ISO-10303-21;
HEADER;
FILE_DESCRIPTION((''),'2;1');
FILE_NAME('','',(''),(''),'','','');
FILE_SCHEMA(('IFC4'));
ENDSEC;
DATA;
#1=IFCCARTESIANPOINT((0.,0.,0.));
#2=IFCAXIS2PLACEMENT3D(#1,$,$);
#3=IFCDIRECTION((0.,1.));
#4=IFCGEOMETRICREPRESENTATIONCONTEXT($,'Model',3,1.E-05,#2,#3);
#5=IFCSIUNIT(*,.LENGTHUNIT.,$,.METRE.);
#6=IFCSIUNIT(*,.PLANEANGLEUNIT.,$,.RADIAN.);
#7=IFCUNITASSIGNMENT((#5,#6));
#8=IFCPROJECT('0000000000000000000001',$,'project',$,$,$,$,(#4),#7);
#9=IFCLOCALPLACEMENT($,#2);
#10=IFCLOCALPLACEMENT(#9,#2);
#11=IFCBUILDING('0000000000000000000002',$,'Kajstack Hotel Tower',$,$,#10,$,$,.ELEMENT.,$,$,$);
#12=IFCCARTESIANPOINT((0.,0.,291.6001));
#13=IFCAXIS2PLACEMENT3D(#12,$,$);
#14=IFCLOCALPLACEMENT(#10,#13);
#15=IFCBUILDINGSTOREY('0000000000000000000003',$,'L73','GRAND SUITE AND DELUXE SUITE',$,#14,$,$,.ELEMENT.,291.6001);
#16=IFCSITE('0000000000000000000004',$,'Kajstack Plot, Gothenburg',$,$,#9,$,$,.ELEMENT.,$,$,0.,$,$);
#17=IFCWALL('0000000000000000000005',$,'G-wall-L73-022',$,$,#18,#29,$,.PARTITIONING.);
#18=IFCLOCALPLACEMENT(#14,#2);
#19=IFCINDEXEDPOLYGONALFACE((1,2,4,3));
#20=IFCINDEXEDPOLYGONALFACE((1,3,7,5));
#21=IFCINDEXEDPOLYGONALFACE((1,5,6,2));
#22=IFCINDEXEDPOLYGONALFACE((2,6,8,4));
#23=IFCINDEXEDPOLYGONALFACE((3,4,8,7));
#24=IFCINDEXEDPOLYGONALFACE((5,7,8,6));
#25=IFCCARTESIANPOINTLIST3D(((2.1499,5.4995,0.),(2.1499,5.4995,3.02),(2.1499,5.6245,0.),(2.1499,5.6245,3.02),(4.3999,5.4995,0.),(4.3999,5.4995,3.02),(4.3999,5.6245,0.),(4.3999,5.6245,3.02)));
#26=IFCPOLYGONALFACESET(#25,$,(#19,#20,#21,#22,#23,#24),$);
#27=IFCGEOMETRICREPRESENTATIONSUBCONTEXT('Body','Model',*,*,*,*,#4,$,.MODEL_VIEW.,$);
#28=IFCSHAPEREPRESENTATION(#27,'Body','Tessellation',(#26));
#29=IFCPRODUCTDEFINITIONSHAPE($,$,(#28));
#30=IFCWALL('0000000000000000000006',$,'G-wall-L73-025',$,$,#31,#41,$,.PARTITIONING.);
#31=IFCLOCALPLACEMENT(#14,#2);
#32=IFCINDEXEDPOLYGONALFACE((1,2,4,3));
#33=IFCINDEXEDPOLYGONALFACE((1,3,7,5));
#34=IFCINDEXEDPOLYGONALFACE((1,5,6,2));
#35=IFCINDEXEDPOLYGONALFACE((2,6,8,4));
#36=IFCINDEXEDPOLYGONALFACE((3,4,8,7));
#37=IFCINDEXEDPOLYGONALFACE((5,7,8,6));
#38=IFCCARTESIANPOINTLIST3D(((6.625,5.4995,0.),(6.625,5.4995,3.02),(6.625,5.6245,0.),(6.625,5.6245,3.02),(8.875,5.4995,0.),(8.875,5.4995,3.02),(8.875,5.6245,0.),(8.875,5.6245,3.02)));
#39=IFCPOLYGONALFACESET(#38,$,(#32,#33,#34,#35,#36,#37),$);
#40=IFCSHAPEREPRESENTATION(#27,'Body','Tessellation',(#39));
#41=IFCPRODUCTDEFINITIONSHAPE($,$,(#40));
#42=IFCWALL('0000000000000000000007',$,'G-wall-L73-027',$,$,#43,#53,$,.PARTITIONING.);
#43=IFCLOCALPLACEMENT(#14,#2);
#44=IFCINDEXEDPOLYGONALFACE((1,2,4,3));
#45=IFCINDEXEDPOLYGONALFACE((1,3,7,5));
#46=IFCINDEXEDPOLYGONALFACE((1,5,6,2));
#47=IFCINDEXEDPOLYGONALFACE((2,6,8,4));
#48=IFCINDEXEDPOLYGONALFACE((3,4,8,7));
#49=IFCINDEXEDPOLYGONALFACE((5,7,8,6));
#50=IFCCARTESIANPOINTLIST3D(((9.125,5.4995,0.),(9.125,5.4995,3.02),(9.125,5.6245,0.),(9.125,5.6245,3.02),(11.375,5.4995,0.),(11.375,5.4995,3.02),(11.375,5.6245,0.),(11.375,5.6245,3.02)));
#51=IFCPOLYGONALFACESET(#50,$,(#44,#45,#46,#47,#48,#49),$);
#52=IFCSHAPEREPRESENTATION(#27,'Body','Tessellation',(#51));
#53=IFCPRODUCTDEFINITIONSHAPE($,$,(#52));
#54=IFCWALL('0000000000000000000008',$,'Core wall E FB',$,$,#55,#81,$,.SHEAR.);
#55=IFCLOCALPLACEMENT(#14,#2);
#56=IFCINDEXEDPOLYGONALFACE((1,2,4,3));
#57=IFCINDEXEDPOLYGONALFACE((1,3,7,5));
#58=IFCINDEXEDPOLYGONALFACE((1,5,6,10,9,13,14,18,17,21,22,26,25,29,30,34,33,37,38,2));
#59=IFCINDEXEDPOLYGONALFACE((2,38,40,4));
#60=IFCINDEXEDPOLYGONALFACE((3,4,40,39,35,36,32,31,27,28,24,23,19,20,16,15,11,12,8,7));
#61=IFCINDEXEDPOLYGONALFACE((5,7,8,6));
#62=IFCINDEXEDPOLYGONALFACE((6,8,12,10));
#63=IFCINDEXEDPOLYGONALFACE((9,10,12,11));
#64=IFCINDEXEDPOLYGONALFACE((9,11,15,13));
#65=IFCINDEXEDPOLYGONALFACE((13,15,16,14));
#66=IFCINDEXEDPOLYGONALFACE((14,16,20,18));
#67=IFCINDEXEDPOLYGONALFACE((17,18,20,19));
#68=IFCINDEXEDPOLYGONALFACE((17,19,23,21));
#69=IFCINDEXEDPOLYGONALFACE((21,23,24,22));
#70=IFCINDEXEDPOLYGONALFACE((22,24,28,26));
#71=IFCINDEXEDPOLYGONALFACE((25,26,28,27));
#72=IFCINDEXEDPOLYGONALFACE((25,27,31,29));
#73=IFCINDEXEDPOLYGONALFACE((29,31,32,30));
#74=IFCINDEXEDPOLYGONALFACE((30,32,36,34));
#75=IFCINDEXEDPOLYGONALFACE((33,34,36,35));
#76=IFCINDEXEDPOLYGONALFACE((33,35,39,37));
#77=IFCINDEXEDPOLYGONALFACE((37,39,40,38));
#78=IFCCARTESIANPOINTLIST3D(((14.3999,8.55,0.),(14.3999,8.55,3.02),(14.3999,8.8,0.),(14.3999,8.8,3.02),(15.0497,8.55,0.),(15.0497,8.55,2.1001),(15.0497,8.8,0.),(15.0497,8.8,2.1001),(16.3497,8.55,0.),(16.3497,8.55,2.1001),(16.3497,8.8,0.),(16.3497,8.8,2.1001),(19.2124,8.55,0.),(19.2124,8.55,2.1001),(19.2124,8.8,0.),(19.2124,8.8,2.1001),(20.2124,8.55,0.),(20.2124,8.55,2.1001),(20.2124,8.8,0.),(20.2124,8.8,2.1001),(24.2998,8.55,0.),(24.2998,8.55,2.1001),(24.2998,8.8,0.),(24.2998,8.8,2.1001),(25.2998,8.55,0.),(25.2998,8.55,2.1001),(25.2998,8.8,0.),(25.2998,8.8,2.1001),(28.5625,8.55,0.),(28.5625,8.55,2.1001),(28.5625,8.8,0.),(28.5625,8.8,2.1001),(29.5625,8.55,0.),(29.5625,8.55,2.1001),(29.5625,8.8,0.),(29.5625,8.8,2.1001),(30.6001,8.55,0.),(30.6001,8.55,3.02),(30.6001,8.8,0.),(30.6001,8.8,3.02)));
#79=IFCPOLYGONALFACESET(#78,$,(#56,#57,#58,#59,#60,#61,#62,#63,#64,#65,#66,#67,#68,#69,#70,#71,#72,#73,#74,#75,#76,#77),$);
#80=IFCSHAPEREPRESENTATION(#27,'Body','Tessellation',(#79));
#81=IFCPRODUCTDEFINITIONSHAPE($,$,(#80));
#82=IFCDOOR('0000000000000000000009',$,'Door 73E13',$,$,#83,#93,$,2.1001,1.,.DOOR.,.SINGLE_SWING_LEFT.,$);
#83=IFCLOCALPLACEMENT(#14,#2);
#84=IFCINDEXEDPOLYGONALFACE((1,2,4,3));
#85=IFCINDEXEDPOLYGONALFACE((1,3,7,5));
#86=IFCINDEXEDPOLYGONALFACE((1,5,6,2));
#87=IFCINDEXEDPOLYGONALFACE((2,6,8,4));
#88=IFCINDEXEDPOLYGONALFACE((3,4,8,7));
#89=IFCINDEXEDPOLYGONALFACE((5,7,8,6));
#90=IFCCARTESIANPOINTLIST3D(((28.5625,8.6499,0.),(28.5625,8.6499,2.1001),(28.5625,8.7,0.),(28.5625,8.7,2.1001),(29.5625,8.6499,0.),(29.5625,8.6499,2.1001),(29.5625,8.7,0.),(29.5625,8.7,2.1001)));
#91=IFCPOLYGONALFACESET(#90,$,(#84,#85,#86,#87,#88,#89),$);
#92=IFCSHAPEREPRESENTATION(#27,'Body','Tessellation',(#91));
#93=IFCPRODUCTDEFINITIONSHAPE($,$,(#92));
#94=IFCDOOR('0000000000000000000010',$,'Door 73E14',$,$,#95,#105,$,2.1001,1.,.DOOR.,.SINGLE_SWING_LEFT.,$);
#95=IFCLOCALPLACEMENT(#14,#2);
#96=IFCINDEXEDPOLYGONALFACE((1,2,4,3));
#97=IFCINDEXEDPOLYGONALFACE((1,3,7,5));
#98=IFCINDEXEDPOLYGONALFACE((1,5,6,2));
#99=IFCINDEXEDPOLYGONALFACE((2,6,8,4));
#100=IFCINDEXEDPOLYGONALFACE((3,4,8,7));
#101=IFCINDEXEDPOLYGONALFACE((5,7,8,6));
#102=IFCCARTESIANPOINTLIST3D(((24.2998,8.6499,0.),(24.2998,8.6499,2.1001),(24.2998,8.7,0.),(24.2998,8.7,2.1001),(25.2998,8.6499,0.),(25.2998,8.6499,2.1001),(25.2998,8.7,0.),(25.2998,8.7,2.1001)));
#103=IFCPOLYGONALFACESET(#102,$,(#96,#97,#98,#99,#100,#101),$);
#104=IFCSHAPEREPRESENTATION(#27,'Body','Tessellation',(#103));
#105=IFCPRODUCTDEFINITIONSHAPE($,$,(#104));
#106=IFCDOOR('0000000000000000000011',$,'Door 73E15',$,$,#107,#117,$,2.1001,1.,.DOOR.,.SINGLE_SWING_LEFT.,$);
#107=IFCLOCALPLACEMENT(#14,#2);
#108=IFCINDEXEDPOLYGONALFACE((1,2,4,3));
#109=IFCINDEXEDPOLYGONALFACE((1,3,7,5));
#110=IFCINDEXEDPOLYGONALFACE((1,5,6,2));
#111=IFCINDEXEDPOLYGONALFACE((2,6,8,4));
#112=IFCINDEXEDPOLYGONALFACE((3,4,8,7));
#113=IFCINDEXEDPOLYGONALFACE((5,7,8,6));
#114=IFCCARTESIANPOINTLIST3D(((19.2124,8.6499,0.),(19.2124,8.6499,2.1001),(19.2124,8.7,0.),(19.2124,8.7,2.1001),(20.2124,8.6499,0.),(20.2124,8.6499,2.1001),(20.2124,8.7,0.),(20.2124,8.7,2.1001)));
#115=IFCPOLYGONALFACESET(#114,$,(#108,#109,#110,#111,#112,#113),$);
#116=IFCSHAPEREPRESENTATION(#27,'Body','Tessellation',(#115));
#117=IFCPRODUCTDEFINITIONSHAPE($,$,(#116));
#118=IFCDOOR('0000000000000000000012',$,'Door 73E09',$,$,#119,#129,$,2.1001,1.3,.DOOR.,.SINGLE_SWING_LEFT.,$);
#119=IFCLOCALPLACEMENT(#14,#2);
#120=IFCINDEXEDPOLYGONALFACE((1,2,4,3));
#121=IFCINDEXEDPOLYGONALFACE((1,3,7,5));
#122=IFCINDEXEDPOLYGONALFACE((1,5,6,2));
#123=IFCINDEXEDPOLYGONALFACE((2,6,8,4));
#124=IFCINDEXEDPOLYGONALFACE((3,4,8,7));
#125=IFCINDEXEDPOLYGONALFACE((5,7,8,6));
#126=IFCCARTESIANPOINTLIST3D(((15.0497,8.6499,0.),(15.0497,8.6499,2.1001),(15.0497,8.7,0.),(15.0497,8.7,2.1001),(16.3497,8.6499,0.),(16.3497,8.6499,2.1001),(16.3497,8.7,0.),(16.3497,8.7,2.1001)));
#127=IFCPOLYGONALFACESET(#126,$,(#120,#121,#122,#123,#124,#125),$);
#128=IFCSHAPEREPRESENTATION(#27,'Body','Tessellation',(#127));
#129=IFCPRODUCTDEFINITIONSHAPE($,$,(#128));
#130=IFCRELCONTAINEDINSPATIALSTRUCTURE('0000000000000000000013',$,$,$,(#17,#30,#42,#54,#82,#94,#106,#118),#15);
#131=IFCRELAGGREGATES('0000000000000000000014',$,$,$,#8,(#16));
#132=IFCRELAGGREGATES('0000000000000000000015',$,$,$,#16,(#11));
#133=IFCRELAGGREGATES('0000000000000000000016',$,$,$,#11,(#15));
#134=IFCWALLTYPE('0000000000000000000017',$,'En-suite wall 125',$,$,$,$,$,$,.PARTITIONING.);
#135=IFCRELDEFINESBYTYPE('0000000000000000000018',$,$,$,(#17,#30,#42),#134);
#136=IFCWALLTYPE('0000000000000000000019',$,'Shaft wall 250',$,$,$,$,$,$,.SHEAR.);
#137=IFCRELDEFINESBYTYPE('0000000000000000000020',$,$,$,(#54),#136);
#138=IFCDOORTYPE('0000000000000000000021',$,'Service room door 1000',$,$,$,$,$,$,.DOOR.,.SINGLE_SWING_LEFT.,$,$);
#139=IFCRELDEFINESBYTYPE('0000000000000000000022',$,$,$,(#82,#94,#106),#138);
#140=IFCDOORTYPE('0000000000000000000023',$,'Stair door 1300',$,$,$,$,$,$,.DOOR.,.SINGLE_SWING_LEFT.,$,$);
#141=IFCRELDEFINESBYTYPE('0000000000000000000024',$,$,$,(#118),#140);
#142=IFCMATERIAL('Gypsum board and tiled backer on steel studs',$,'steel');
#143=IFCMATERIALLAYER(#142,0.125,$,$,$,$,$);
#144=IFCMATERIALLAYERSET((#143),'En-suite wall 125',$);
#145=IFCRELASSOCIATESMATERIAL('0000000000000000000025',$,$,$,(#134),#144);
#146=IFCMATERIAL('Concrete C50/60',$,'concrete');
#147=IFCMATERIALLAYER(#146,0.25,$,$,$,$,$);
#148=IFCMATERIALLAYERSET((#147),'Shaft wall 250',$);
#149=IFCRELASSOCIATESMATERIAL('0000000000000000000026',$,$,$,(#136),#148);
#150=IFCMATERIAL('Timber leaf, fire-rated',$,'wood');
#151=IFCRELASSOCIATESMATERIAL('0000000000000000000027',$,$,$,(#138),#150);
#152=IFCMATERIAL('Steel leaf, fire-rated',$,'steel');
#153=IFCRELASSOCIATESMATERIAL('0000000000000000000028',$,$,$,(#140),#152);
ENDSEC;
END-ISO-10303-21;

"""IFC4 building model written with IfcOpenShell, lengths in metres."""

from ifc_helpers import new_model, si_unit, direction, frame, frame_2d, origin, place, context, subcontext, project, spatial, rectangle, extrude, material, layer, layer_set, type_object, element, fill, save


model = new_model("IFC4")

# Units and contexts
model_context = context("Model", 3, precision=1e-05, world=origin(), true_north=direction((0.0, 1.0)))
body_context = subcontext(model_context, "Body", "Model", "MODEL_VIEW")
ifc_project = project(units=[si_unit("LENGTHUNIT", "METRE"), si_unit("PLANEANGLEUNIT", "RADIAN")], contexts=[model_context])

# Site, building, storey
site_placement = place(None, origin())
site = spatial("IfcSite", under=ifc_project, at=site_placement, Name="Kajstack Plot, Gothenburg", CompositionType="ELEMENT", RefElevation=0.0)
building_placement = place(site_placement, origin())
building = spatial("IfcBuilding", under=site, at=building_placement, Name="Kajstack Hotel Tower", CompositionType="ELEMENT")
storey_placement = place(building_placement, frame((0.0, 0.0, 291.6001)))
storey = spatial("IfcBuildingStorey", under=building, at=storey_placement, Name="L73", Description="GRAND SUITE AND DELUXE SUITE", CompositionType="ELEMENT", Elevation=291.6001)

# Walls
ifc_material_1 = material(Name="Gypsum board and tiled backer on steel studs", Category="steel")
ifc_layer_1 = layer(ifc_material_1, 0.125)
ifc_layer_set_1 = layer_set([ifc_layer_1], Name="En-suite wall 125")
wall_type_1 = type_object("IfcWallType", Name="En-suite wall 125", PredefinedType="PARTITIONING", material=ifc_layer_set_1)
for number, where, z_axis, x_axis, name in (
    (1, (2.1499, 5.562, 0.0), (0.0, 0.0, 1.0), (1.0, 0.0, 0.0), "G-wall-L73-022"),
    (2, (6.625, 5.562, 0.0), (0.0, 0.0, 1.0), (1.0, 0.0, 0.0), "G-wall-L73-025"),
    (3, (9.125, 5.562, 0.0), (0.0, 0.0, 1.0), (1.0, 0.0, 0.0), "G-wall-L73-027"),
):
    element("IfcWall", number, at=place(storey_placement, frame(where, z_axis=z_axis, x_axis=x_axis)), inside=storey, type_object=wall_type_1, Name=name, PredefinedType="PARTITIONING", context=body_context, shape_type="SweptSolid", body=[
        extrude(rectangle(XDim=2.25, YDim=0.125, at=frame_2d((1.125, 0.0))), origin(), (0.0, 0.0, 1.0), 3.02),
    ])

# Wall, openings, doors
ifc_material_2 = material(Name="Concrete C50/60", Category="concrete")
ifc_layer_2 = layer(ifc_material_2, 0.25)
ifc_layer_set_2 = layer_set([ifc_layer_2], Name="Shaft wall 250")
wall_type_2 = type_object("IfcWallType", Name="Shaft wall 250", PredefinedType="SHEAR", material=ifc_layer_set_2)
wall_placement = place(storey_placement, frame((14.3999, 8.675, 0.0), z_axis=(0.0, 0.0, 1.0), x_axis=(1.0, 0.0, 0.0)))
wall = element("IfcWall", 4, at=wall_placement, inside=storey, type_object=wall_type_2, Name="Core wall E FB", PredefinedType="SHEAR", context=body_context, shape_type="SweptSolid", body=[
    extrude(rectangle(XDim=16.2002, YDim=0.25, at=frame_2d((8.1001, 0.0))), origin(), (0.0, 0.0, 1.0), 3.02),
])
opening_1_placement = place(wall_placement, frame((0.6499, 0.0, 0.0)))
opening_1 = element("IfcOpeningElement", 5, at=opening_1_placement, cuts=wall, PredefinedType="OPENING", context=body_context, shape_type="SweptSolid", body=[
    extrude(rectangle(XDim=1.3, YDim=2.1001, at=frame_2d((0.6499, 1.05))), frame((0.0, 0.135, 0.0), z_axis=(0.0, -1.0, 0.0), x_axis=(1.0, 0.0, 0.0)), (0.0, 0.0, 1.0), 0.27),
])
opening_2_placement = place(wall_placement, frame((14.1626, 0.0, 0.0)))
opening_2 = element("IfcOpeningElement", 6, at=opening_2_placement, cuts=wall, PredefinedType="OPENING", context=body_context, shape_type="SweptSolid", body=[
    extrude(rectangle(XDim=1.0, YDim=2.1001, at=frame_2d((0.5, 1.05))), frame((0.0, 0.135, 0.0), z_axis=(0.0, -1.0, 0.0), x_axis=(1.0, 0.0, 0.0)), (0.0, 0.0, 1.0), 0.27),
])
opening_3_placement = place(wall_placement, frame((9.8999, 0.0, 0.0)))
opening_3 = element("IfcOpeningElement", 7, at=opening_3_placement, cuts=wall, PredefinedType="OPENING", context=body_context, shape_type="SweptSolid", body=[
    extrude(rectangle(XDim=1.0, YDim=2.1001, at=frame_2d((0.5, 1.05))), frame((0.0, 0.135, 0.0), z_axis=(0.0, -1.0, 0.0), x_axis=(1.0, 0.0, 0.0)), (0.0, 0.0, 1.0), 0.27),
])
opening_4_placement = place(wall_placement, frame((4.8125, 0.0, 0.0)))
opening_4 = element("IfcOpeningElement", 8, at=opening_4_placement, cuts=wall, PredefinedType="OPENING", context=body_context, shape_type="SweptSolid", body=[
    extrude(rectangle(XDim=1.0, YDim=2.1001, at=frame_2d((0.5, 1.05))), frame((0.0, 0.135, 0.0), z_axis=(0.0, -1.0, 0.0), x_axis=(1.0, 0.0, 0.0)), (0.0, 0.0, 1.0), 0.27),
])
ifc_material_3 = material(Name="Timber leaf, fire-rated", Category="wood")
door_type_1 = type_object("IfcDoorType", Name="Service room door 1000", OperationType="SINGLE_SWING_LEFT", PredefinedType="DOOR", material=ifc_material_3)
door_1_placement = place(opening_2_placement, origin())
door_1 = element("IfcDoor", 9, at=door_1_placement, inside=storey, type_object=door_type_1, Name="Door 73E13", OperationType="SINGLE_SWING_LEFT", OverallHeight=2.1001, OverallWidth=1.0, PredefinedType="DOOR", context=body_context, shape_type="SweptSolid", body=[
    extrude(rectangle(XDim=1.0, YDim=2.1001, at=frame_2d((0.5, 1.05))), frame((0.0, 0.0249, 0.0), z_axis=(0.0, -1.0, 0.0), x_axis=(1.0, 0.0, 0.0)), (0.0, 0.0, 1.0), 0.05),
])
fill(opening_2, door_1)
door_2_placement = place(opening_3_placement, origin())
door_2 = element("IfcDoor", 10, at=door_2_placement, inside=storey, type_object=door_type_1, Name="Door 73E14", OperationType="SINGLE_SWING_LEFT", OverallHeight=2.1001, OverallWidth=1.0, PredefinedType="DOOR", context=body_context, shape_type="SweptSolid", body=[
    extrude(rectangle(XDim=1.0, YDim=2.1001, at=frame_2d((0.5, 1.05))), frame((0.0, 0.0249, 0.0), z_axis=(0.0, -1.0, 0.0), x_axis=(1.0, 0.0, 0.0)), (0.0, 0.0, 1.0), 0.05),
])
fill(opening_3, door_2)
door_3_placement = place(opening_4_placement, origin())
door_3 = element("IfcDoor", 11, at=door_3_placement, inside=storey, type_object=door_type_1, Name="Door 73E15", OperationType="SINGLE_SWING_LEFT", OverallHeight=2.1001, OverallWidth=1.0, PredefinedType="DOOR", context=body_context, shape_type="SweptSolid", body=[
    extrude(rectangle(XDim=1.0, YDim=2.1001, at=frame_2d((0.5, 1.05))), frame((0.0, 0.0249, 0.0), z_axis=(0.0, -1.0, 0.0), x_axis=(1.0, 0.0, 0.0)), (0.0, 0.0, 1.0), 0.05),
])
fill(opening_4, door_3)
ifc_material_4 = material(Name="Steel leaf, fire-rated", Category="steel")
door_type_2 = type_object("IfcDoorType", Name="Stair door 1300", OperationType="SINGLE_SWING_LEFT", PredefinedType="DOOR", material=ifc_material_4)
door_4_placement = place(opening_1_placement, origin())
door_4 = element("IfcDoor", 12, at=door_4_placement, inside=storey, type_object=door_type_2, Name="Door 73E09", OperationType="SINGLE_SWING_LEFT", OverallHeight=2.1001, OverallWidth=1.3, PredefinedType="DOOR", context=body_context, shape_type="SweptSolid", body=[
    extrude(rectangle(XDim=1.3, YDim=2.1001, at=frame_2d((0.6499, 1.05))), frame((0.0, 0.0249, 0.0), z_axis=(0.0, -1.0, 0.0), x_axis=(1.0, 0.0, 0.0)), (0.0, 0.0, 1.0), 0.05),
])
fill(opening_1, door_4)

save(model, "model.ifc")
